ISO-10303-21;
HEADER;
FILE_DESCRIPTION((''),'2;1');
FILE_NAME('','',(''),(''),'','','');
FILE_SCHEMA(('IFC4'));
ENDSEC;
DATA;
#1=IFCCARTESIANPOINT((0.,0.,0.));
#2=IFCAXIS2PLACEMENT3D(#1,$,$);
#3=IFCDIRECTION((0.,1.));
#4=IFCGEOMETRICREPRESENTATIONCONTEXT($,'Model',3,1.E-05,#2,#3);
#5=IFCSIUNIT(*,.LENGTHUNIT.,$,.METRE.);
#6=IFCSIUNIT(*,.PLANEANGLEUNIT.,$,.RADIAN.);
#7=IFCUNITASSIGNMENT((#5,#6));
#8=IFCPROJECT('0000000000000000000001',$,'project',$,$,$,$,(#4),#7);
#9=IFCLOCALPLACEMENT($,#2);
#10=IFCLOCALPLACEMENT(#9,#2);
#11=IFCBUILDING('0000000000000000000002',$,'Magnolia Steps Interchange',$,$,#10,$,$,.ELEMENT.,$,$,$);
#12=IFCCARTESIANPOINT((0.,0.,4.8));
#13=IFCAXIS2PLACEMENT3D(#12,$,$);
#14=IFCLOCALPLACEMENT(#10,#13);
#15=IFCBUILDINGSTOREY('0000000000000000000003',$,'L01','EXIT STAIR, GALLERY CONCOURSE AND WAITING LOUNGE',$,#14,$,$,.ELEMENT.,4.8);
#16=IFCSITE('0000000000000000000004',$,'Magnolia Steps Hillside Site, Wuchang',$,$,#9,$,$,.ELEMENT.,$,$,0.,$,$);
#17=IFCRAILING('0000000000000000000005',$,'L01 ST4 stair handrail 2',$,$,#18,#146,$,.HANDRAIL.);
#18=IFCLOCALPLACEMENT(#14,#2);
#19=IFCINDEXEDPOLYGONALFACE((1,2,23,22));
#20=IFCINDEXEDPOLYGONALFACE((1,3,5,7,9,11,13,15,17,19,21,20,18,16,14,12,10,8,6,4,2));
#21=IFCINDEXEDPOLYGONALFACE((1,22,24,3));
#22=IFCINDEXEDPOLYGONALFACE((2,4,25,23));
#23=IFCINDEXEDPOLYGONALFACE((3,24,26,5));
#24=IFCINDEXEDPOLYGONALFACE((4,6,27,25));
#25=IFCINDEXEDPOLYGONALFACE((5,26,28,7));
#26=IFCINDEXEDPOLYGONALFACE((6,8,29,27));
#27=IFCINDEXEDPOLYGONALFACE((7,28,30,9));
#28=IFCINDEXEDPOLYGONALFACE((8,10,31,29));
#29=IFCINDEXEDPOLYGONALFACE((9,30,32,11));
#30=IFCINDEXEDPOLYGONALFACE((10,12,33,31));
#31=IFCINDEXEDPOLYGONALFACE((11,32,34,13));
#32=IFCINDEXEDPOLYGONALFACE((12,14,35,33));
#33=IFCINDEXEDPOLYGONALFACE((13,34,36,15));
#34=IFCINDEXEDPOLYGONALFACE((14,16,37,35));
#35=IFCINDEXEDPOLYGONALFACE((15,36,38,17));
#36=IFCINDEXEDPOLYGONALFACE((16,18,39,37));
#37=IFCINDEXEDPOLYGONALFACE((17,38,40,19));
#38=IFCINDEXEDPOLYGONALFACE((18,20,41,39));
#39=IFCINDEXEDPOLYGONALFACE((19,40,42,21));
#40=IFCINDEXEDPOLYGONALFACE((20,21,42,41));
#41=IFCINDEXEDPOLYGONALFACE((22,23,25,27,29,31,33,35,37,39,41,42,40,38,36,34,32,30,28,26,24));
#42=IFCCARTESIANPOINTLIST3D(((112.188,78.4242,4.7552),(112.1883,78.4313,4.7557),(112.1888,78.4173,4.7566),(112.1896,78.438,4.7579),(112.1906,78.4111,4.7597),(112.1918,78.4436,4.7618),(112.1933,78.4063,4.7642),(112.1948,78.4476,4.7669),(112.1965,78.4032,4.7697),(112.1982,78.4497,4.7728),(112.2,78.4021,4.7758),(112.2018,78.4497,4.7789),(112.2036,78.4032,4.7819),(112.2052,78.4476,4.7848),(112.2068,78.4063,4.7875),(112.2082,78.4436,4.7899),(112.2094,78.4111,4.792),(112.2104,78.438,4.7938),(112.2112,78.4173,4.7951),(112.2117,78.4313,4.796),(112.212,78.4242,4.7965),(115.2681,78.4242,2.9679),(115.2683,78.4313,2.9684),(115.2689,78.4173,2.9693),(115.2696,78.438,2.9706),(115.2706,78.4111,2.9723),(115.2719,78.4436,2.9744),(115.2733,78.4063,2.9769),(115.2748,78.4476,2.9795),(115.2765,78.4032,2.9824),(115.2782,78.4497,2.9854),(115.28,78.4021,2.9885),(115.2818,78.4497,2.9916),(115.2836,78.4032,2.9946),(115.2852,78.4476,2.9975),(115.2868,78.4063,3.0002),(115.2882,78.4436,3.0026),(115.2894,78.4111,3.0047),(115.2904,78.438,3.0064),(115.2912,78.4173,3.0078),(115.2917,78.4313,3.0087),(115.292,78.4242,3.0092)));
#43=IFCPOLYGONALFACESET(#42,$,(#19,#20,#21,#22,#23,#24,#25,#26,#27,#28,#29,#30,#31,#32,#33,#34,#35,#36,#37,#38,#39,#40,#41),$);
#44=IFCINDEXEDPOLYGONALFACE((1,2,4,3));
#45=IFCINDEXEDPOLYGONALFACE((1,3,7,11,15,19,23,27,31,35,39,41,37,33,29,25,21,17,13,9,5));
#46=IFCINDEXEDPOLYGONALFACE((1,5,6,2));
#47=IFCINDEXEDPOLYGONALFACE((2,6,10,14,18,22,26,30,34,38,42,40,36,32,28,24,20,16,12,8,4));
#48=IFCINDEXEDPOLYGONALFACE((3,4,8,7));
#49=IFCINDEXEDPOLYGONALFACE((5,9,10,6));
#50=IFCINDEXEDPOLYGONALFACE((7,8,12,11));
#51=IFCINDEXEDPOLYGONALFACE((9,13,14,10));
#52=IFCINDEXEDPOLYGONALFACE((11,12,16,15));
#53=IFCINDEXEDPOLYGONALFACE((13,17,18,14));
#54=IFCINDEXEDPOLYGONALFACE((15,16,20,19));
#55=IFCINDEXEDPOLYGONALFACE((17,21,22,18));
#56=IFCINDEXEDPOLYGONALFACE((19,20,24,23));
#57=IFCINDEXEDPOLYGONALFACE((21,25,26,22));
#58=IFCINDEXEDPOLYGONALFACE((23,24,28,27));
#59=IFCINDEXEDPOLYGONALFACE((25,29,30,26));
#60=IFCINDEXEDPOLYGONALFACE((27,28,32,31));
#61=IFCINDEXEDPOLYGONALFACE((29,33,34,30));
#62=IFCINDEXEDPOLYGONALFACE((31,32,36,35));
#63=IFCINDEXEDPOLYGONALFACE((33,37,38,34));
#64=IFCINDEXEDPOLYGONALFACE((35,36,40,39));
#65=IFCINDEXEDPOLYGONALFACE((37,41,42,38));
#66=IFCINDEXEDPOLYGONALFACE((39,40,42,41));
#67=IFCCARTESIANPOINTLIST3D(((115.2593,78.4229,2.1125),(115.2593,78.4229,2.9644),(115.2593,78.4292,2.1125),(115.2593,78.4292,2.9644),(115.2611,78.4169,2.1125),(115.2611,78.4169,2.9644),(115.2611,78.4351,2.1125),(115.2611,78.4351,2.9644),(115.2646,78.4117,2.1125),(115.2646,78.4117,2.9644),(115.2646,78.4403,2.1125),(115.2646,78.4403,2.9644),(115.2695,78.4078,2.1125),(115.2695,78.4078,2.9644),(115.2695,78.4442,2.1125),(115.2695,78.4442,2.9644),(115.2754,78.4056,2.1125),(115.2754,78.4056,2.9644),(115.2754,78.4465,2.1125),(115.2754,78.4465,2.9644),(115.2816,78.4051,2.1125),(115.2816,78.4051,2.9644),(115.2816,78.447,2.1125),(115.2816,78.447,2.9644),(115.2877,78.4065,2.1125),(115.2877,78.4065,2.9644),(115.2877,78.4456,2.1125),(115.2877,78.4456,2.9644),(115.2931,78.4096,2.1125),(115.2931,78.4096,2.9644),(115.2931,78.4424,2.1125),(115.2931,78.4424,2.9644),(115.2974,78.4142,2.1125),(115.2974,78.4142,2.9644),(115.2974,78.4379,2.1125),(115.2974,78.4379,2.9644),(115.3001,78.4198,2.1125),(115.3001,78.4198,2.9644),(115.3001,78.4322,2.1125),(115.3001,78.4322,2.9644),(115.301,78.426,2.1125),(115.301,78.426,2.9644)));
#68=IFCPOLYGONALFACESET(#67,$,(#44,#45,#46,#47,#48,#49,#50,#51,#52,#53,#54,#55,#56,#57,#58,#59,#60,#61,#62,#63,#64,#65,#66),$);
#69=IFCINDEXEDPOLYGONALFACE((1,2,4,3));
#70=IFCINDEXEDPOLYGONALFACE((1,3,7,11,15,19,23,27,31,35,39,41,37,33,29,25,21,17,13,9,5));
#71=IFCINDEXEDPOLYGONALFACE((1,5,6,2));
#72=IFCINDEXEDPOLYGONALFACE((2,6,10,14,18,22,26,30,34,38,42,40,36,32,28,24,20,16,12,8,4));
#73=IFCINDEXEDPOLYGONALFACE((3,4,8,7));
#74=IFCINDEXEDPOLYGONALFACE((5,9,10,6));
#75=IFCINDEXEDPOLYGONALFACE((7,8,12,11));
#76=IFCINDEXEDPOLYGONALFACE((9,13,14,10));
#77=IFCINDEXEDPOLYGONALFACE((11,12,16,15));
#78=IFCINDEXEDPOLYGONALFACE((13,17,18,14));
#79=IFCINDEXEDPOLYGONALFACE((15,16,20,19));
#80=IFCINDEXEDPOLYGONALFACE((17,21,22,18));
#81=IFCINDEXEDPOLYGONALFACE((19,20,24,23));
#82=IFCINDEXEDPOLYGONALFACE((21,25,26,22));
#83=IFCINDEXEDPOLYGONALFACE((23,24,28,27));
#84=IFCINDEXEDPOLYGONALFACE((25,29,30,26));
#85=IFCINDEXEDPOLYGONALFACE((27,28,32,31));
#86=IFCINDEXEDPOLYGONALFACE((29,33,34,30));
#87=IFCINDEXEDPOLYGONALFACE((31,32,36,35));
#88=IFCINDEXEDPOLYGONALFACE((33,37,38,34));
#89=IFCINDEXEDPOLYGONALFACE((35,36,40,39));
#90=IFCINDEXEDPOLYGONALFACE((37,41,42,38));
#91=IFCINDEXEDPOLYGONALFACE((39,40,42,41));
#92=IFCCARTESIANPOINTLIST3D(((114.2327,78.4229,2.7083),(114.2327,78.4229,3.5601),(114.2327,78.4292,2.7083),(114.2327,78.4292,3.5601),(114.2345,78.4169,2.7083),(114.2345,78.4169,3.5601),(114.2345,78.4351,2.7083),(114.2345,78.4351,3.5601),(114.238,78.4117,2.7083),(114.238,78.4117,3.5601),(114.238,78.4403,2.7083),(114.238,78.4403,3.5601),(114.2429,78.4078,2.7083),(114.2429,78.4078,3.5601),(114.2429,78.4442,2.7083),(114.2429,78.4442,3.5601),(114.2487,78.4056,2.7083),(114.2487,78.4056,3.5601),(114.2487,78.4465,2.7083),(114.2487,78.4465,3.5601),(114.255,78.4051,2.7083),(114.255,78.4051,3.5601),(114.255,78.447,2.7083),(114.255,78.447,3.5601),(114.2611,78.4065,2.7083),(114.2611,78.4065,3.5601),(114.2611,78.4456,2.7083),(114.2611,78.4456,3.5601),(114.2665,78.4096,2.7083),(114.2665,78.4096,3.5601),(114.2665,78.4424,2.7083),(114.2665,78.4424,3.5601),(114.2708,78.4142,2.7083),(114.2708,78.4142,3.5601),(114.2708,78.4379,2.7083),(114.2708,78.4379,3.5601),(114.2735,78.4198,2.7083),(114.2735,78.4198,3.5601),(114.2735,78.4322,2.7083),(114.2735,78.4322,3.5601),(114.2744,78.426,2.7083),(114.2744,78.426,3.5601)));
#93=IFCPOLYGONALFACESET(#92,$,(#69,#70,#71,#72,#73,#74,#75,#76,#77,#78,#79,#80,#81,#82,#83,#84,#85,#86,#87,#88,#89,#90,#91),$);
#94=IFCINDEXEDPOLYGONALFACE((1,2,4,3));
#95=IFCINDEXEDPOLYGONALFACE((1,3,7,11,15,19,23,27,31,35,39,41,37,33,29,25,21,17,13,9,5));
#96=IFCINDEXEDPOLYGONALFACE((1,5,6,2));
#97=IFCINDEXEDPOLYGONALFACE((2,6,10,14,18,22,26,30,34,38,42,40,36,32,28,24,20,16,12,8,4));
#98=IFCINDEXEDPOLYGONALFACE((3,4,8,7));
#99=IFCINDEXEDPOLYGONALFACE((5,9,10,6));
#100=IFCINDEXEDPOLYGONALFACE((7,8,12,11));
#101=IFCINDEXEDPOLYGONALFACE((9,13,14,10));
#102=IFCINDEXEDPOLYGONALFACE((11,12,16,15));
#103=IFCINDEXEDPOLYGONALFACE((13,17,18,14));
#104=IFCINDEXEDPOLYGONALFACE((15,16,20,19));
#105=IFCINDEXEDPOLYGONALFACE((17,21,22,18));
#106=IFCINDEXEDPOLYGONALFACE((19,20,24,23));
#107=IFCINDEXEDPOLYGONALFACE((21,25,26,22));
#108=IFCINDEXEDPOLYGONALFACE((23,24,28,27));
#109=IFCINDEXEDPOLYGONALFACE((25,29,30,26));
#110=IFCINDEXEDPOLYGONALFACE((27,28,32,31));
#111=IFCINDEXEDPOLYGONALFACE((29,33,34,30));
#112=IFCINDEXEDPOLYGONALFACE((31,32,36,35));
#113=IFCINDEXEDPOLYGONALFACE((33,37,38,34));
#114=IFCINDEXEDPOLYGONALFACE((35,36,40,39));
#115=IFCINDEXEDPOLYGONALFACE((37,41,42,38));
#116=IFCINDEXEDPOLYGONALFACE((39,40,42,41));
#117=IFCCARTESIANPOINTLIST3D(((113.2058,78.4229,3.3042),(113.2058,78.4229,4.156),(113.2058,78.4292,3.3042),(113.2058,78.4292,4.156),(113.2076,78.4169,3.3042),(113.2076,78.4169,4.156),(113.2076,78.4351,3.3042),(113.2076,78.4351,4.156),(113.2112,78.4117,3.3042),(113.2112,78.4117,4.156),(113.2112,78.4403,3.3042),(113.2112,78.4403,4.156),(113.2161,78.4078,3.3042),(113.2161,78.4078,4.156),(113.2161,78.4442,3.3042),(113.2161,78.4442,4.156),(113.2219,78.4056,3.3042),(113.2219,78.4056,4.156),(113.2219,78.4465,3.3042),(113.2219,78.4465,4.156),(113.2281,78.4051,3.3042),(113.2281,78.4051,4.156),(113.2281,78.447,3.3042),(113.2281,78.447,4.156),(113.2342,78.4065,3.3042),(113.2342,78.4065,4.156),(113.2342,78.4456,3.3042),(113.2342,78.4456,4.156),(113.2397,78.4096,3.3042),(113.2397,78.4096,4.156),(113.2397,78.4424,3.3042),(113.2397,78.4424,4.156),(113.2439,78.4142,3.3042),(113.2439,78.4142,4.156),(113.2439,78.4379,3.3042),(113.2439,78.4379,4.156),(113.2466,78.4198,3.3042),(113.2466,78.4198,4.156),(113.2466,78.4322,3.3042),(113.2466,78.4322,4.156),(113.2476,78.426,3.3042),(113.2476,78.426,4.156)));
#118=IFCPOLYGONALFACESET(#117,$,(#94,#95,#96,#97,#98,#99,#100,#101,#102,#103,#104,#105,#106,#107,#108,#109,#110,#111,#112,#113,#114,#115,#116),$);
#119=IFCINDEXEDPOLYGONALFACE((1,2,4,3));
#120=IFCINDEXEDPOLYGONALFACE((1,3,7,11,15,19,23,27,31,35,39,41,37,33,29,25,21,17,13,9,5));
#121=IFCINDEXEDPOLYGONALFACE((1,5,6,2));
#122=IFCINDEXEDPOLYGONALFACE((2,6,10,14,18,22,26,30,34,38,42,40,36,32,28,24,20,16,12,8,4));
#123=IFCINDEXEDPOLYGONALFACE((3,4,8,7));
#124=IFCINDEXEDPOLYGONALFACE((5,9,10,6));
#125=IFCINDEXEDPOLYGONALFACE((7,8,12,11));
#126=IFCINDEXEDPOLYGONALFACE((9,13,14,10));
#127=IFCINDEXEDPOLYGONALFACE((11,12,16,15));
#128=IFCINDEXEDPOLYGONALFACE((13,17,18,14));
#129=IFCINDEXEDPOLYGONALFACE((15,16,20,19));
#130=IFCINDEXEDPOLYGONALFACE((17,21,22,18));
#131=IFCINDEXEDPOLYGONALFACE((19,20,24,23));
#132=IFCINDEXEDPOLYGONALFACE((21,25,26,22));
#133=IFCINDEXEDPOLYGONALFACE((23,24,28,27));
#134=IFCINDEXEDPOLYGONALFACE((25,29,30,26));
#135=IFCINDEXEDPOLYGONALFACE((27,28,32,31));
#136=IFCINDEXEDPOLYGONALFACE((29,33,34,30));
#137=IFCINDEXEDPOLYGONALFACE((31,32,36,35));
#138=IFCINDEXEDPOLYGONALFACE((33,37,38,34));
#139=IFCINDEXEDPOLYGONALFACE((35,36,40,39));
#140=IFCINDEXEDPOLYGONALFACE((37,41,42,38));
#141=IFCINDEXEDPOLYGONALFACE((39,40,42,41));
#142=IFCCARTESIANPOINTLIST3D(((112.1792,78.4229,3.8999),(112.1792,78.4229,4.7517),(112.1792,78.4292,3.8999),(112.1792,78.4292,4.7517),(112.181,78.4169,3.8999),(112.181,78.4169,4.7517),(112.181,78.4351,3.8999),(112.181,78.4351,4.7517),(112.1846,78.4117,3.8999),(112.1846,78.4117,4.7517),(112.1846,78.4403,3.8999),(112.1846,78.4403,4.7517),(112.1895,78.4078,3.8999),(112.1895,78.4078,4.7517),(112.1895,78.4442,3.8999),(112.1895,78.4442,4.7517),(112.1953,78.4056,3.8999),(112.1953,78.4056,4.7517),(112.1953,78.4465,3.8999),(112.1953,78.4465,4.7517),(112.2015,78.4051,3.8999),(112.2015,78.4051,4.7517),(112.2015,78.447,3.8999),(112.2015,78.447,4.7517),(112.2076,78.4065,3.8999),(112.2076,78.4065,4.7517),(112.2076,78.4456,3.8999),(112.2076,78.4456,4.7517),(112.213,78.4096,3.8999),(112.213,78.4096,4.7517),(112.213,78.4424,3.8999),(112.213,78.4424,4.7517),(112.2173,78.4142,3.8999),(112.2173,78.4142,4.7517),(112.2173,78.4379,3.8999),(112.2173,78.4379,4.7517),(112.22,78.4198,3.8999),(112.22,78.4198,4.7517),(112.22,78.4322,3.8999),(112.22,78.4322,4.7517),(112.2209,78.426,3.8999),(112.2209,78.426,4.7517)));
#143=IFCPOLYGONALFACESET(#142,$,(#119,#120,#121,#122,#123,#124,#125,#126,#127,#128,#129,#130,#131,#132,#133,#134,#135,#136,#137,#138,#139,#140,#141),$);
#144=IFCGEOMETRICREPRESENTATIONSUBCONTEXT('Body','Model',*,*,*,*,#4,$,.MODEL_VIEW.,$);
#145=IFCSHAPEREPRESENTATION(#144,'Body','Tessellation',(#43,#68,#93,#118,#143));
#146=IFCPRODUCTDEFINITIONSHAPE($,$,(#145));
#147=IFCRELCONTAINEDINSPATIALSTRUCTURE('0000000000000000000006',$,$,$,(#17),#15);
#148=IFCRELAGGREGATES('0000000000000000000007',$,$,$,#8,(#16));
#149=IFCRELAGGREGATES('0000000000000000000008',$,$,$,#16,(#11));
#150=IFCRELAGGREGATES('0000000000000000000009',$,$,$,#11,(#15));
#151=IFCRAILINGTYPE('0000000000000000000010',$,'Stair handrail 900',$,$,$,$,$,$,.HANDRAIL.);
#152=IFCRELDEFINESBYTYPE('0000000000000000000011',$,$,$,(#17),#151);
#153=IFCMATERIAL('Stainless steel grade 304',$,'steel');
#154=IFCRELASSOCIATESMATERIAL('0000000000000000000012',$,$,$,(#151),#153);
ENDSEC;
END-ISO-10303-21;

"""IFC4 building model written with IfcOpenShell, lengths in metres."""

from ifc_helpers import new_model, si_unit, direction, frame, origin, origin_2d, place, context, subcontext, project, spatial, circle, extrude, material, type_object, element, save


model = new_model("IFC4")

# Units and contexts
model_context = context("Model", 3, precision=1e-05, world=origin(), true_north=direction((0.0, 1.0)))
body_context = subcontext(model_context, "Body", "Model", "MODEL_VIEW")
ifc_project = project(units=[si_unit("LENGTHUNIT", "METRE"), si_unit("PLANEANGLEUNIT", "RADIAN")], contexts=[model_context])

# Site, building, storey
site_placement = place(None, origin())
site = spatial("IfcSite", under=ifc_project, at=site_placement, Name="Magnolia Steps Hillside Site, Wuchang", CompositionType="ELEMENT", RefElevation=0.0)
building_placement = place(site_placement, origin())
building = spatial("IfcBuilding", under=site, at=building_placement, Name="Magnolia Steps Interchange", CompositionType="ELEMENT")
storey_placement = place(building_placement, frame((0.0, 0.0, 4.8)))
storey = spatial("IfcBuildingStorey", under=building, at=storey_placement, Name="L01", Description="EXIT STAIR, GALLERY CONCOURSE AND WAITING LOUNGE", CompositionType="ELEMENT", Elevation=4.8)

# Railing
ifc_material_1 = material(Name="Stainless steel grade 304", Category="steel")
railing_type_1 = type_object("IfcRailingType", Name="Stair handrail 900", PredefinedType="HANDRAIL", material=ifc_material_1)
railing_1_placement = place(storey_placement, frame((115.28, 78.426, 2.1125)))
element("IfcRailing", 1, at=railing_1_placement, inside=storey, type_object=railing_type_1, Name="L01 ST4 stair handrail 2", PredefinedType="HANDRAIL", context=body_context, shape_type="SweptSolid", body=[
    extrude(circle(Radius=0.0239, at=origin_2d()), frame((0.0, 0.0, 0.876), z_axis=(-0.86492, 0.0, 0.501909), x_axis=(0.0, -1.0, 0.0)), (0.0, 0.0, 1.0), 3.561),
    extrude(circle(Radius=0.021, at=origin_2d()), origin(), (0.0, 0.0, 1.0), 0.8518),
    extrude(circle(Radius=0.021, at=origin_2d()), frame((-1.0266, 0.0, 0.5957)), (0.0, 0.0, 1.0), 0.8518),
    extrude(circle(Radius=0.021, at=origin_2d()), frame((-2.0535, 0.0, 1.1917)), (0.0, 0.0, 1.0), 0.8518),
    extrude(circle(Radius=0.021, at=origin_2d()), frame((-3.0801, 0.0, 1.7874)), (0.0, 0.0, 1.0), 0.8518),
])

save(model, "model.ifc")
